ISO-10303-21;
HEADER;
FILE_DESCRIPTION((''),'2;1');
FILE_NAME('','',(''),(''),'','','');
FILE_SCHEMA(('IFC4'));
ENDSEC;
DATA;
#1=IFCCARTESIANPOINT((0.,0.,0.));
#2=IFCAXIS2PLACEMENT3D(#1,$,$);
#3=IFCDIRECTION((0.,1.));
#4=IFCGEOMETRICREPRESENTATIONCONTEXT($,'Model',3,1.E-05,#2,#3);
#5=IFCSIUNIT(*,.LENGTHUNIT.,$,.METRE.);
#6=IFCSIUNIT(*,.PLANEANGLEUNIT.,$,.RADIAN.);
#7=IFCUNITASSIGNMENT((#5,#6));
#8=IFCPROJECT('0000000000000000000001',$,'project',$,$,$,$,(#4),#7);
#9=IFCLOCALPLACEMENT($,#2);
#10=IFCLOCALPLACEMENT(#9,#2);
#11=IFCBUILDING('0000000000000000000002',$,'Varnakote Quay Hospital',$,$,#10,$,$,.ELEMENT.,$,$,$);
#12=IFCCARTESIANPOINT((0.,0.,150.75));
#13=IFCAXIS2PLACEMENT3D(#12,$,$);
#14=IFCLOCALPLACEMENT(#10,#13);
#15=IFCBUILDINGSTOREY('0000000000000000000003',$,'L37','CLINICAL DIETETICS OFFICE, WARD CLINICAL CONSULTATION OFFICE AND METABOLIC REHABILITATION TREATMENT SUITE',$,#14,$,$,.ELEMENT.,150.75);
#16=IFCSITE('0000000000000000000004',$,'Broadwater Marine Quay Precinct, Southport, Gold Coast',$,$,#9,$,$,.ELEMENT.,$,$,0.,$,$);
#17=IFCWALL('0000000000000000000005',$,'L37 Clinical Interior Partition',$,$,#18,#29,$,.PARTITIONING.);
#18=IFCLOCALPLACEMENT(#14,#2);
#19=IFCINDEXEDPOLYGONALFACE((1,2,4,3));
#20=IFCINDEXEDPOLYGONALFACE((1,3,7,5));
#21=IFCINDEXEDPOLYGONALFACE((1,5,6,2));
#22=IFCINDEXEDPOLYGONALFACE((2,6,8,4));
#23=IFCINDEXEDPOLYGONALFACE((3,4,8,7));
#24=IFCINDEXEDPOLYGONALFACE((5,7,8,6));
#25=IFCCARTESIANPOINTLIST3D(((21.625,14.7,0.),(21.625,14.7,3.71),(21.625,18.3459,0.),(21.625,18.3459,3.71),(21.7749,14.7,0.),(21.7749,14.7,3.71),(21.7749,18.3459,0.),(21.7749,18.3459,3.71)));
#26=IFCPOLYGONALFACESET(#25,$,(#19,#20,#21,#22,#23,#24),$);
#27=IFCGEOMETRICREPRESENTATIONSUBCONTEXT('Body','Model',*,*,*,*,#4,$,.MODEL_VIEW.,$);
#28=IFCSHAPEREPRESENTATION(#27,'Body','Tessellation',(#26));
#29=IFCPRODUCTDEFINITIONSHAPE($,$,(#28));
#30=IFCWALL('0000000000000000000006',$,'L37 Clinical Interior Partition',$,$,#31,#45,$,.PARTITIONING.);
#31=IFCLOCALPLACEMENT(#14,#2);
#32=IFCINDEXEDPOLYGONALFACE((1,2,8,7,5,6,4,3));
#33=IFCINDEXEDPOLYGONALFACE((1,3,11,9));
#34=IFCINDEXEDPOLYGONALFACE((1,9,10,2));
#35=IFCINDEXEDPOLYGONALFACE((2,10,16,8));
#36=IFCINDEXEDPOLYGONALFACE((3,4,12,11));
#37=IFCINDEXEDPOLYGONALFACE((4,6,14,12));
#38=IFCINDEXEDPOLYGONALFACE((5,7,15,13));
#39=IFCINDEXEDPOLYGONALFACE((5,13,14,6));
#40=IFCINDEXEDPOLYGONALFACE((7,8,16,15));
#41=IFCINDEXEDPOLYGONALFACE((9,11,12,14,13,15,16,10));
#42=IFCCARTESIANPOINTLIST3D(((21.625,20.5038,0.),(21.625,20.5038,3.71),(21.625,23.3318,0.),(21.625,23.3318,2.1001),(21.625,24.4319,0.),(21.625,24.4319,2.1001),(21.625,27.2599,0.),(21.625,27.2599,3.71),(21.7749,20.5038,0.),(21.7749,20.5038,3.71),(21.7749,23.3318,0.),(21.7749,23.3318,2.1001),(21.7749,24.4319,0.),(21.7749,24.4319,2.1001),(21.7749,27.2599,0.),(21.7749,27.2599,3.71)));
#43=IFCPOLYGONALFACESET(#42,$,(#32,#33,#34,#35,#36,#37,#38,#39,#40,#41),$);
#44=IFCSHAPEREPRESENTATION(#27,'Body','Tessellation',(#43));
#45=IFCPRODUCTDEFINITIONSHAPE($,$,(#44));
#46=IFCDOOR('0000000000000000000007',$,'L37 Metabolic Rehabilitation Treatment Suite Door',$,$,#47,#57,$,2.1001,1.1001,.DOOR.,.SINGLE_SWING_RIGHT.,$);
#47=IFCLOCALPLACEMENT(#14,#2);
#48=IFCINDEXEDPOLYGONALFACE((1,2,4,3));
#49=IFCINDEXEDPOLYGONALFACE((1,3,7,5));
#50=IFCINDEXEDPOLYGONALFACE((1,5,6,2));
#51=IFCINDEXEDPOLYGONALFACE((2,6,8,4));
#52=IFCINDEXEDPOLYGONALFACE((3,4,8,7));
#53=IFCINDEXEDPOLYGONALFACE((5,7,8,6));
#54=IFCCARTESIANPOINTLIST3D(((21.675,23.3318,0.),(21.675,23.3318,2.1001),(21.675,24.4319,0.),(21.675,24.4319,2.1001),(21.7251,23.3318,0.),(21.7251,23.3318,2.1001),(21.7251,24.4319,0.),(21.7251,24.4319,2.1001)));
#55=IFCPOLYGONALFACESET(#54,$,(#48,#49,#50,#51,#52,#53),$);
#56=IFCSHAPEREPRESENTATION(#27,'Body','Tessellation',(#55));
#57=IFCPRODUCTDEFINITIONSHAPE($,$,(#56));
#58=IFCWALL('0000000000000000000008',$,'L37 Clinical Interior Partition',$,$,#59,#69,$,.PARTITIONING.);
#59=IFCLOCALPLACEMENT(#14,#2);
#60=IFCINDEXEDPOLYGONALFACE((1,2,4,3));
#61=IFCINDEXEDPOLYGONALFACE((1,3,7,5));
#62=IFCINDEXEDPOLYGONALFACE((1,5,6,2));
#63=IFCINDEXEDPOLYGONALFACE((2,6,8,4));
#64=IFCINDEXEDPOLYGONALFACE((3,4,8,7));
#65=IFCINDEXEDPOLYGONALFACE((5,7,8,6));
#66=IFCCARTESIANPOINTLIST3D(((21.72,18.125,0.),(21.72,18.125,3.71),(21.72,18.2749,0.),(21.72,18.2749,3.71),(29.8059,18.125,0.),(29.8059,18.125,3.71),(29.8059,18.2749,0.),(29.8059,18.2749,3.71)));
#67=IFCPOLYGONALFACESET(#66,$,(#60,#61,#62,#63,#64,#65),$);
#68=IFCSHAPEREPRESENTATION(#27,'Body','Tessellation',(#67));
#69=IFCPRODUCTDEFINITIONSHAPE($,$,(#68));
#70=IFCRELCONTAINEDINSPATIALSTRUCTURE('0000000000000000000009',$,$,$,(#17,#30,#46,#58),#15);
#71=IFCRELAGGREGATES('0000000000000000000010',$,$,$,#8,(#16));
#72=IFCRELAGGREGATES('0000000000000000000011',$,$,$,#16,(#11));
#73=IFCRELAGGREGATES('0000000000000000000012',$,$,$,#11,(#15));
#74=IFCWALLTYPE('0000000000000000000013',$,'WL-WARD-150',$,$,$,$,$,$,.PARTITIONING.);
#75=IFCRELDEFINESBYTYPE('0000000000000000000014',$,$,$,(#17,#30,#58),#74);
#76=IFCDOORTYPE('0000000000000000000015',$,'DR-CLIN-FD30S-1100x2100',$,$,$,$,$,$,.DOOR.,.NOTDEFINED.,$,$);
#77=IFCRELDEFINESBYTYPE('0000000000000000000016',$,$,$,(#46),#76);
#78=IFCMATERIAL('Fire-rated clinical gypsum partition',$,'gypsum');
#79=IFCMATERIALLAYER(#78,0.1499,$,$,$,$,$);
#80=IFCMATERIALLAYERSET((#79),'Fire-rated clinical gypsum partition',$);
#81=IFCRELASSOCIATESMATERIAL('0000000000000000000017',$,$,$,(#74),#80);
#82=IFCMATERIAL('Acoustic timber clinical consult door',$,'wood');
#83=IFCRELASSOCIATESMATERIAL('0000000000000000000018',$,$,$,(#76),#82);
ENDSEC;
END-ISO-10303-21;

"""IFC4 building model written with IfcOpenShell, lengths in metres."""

from ifc_helpers import new_model, si_unit, direction, frame, frame_2d, origin, place, context, subcontext, project, spatial, rectangle, extrude, material, layer, layer_set, type_object, element, fill, save


model = new_model("IFC4")

# Units and contexts
model_context = context("Model", 3, precision=1e-05, world=origin(), true_north=direction((0.0, 1.0)))
body_context = subcontext(model_context, "Body", "Model", "MODEL_VIEW")
ifc_project = project(units=[si_unit("LENGTHUNIT", "METRE"), si_unit("PLANEANGLEUNIT", "RADIAN")], contexts=[model_context])

# Site, building, storey
site_placement = place(None, origin())
site = spatial("IfcSite", under=ifc_project, at=site_placement, Name="Broadwater Marine Quay Precinct, Southport, Gold Coast", CompositionType="ELEMENT", RefElevation=0.0)
building_placement = place(site_placement, origin())
building = spatial("IfcBuilding", under=site, at=building_placement, Name="Varnakote Quay Hospital", CompositionType="ELEMENT")
storey_placement = place(building_placement, frame((0.0, 0.0, 150.75)))
storey = spatial("IfcBuildingStorey", under=building, at=storey_placement, Name="L37", Description="CLINICAL DIETETICS OFFICE, WARD CLINICAL CONSULTATION OFFICE AND METABOLIC REHABILITATION TREATMENT SUITE", CompositionType="ELEMENT", Elevation=150.75)

# Shared definitions
ifc_material_1 = material(Name="Fire-rated clinical gypsum partition", Category="gypsum")
ifc_layer_1 = layer(ifc_material_1, 0.1499)
ifc_layer_set_1 = layer_set([ifc_layer_1], Name="Fire-rated clinical gypsum partition")
wall_type_1 = type_object("IfcWallType", Name="WL-WARD-150", PredefinedType="PARTITIONING", material=ifc_layer_set_1)
ifc_material_2 = material(Name="Acoustic timber clinical consult door", Category="wood")
door_type_1 = type_object("IfcDoorType", Name="DR-CLIN-FD30S-1100x2100", OperationType="NOTDEFINED", PredefinedType="DOOR", material=ifc_material_2)

# Wall
wall_1_placement = place(storey_placement, frame((21.7, 14.7, 0.0), z_axis=(0.0, 0.0, 1.0), x_axis=(0.0, 1.0, 0.0)))
element("IfcWall", 1, at=wall_1_placement, inside=storey, type_object=wall_type_1, Name="L37 Clinical Interior Partition", PredefinedType="PARTITIONING", context=body_context, shape_type="SweptSolid", body=[
    extrude(rectangle(XDim=3.646, YDim=0.1499, at=frame_2d((1.823, 0.0))), origin(), (0.0, 0.0, 1.0), 3.71),
])

# Wall, opening, door
wall_2_placement = place(storey_placement, frame((21.7, 20.5039, 0.0), z_axis=(0.0, 0.0, 1.0), x_axis=(0.0, 1.0, 0.0)))
wall_2 = element("IfcWall", 2, at=wall_2_placement, inside=storey, type_object=wall_type_1, Name="L37 Clinical Interior Partition", PredefinedType="PARTITIONING", context=body_context, shape_type="SweptSolid", body=[
    extrude(rectangle(XDim=6.7561, YDim=0.1499, at=frame_2d((3.3779, 0.0))), origin(), (0.0, 0.0, 1.0), 3.71),
])
opening_1_placement = place(wall_2_placement, frame((2.8279, 0.0, 0.0)))
opening_1 = element("IfcOpeningElement", 3, at=opening_1_placement, cuts=wall_2, PredefinedType="OPENING", context=body_context, shape_type="SweptSolid", body=[
    extrude(rectangle(XDim=1.1001, YDim=2.1001, at=frame_2d((0.55, 1.05))), frame((0.0, 0.085, 0.0), z_axis=(0.0, -1.0, 0.0), x_axis=(1.0, 0.0, 0.0)), (0.0, 0.0, 1.0), 0.1699),
])
door_1_placement = place(opening_1_placement, origin())
door_1 = element("IfcDoor", 4, at=door_1_placement, inside=storey, type_object=door_type_1, Name="L37 Metabolic Rehabilitation Treatment Suite Door", OperationType="SINGLE_SWING_RIGHT", OverallHeight=2.1001, OverallWidth=1.1001, PredefinedType="DOOR", context=body_context, shape_type="SweptSolid", body=[
    extrude(rectangle(XDim=1.1001, YDim=2.1001, at=frame_2d((0.55, 1.05))), frame((0.0, 0.0249, 0.0), z_axis=(0.0, -1.0, 0.0), x_axis=(1.0, 0.0, 0.0)), (0.0, 0.0, 1.0), 0.05),
])
fill(opening_1, door_1)

# Wall
wall_3_placement = place(storey_placement, frame((21.72, 18.2, 0.0), z_axis=(0.0, 0.0, 1.0), x_axis=(1.0, 0.0, 0.0)))
element("IfcWall", 5, at=wall_3_placement, inside=storey, type_object=wall_type_1, Name="L37 Clinical Interior Partition", PredefinedType="PARTITIONING", context=body_context, shape_type="SweptSolid", body=[
    extrude(rectangle(XDim=8.0859, YDim=0.1499, at=frame_2d((4.043, 0.0))), origin(), (0.0, 0.0, 1.0), 3.71),
])

save(model, "model.ifc")
